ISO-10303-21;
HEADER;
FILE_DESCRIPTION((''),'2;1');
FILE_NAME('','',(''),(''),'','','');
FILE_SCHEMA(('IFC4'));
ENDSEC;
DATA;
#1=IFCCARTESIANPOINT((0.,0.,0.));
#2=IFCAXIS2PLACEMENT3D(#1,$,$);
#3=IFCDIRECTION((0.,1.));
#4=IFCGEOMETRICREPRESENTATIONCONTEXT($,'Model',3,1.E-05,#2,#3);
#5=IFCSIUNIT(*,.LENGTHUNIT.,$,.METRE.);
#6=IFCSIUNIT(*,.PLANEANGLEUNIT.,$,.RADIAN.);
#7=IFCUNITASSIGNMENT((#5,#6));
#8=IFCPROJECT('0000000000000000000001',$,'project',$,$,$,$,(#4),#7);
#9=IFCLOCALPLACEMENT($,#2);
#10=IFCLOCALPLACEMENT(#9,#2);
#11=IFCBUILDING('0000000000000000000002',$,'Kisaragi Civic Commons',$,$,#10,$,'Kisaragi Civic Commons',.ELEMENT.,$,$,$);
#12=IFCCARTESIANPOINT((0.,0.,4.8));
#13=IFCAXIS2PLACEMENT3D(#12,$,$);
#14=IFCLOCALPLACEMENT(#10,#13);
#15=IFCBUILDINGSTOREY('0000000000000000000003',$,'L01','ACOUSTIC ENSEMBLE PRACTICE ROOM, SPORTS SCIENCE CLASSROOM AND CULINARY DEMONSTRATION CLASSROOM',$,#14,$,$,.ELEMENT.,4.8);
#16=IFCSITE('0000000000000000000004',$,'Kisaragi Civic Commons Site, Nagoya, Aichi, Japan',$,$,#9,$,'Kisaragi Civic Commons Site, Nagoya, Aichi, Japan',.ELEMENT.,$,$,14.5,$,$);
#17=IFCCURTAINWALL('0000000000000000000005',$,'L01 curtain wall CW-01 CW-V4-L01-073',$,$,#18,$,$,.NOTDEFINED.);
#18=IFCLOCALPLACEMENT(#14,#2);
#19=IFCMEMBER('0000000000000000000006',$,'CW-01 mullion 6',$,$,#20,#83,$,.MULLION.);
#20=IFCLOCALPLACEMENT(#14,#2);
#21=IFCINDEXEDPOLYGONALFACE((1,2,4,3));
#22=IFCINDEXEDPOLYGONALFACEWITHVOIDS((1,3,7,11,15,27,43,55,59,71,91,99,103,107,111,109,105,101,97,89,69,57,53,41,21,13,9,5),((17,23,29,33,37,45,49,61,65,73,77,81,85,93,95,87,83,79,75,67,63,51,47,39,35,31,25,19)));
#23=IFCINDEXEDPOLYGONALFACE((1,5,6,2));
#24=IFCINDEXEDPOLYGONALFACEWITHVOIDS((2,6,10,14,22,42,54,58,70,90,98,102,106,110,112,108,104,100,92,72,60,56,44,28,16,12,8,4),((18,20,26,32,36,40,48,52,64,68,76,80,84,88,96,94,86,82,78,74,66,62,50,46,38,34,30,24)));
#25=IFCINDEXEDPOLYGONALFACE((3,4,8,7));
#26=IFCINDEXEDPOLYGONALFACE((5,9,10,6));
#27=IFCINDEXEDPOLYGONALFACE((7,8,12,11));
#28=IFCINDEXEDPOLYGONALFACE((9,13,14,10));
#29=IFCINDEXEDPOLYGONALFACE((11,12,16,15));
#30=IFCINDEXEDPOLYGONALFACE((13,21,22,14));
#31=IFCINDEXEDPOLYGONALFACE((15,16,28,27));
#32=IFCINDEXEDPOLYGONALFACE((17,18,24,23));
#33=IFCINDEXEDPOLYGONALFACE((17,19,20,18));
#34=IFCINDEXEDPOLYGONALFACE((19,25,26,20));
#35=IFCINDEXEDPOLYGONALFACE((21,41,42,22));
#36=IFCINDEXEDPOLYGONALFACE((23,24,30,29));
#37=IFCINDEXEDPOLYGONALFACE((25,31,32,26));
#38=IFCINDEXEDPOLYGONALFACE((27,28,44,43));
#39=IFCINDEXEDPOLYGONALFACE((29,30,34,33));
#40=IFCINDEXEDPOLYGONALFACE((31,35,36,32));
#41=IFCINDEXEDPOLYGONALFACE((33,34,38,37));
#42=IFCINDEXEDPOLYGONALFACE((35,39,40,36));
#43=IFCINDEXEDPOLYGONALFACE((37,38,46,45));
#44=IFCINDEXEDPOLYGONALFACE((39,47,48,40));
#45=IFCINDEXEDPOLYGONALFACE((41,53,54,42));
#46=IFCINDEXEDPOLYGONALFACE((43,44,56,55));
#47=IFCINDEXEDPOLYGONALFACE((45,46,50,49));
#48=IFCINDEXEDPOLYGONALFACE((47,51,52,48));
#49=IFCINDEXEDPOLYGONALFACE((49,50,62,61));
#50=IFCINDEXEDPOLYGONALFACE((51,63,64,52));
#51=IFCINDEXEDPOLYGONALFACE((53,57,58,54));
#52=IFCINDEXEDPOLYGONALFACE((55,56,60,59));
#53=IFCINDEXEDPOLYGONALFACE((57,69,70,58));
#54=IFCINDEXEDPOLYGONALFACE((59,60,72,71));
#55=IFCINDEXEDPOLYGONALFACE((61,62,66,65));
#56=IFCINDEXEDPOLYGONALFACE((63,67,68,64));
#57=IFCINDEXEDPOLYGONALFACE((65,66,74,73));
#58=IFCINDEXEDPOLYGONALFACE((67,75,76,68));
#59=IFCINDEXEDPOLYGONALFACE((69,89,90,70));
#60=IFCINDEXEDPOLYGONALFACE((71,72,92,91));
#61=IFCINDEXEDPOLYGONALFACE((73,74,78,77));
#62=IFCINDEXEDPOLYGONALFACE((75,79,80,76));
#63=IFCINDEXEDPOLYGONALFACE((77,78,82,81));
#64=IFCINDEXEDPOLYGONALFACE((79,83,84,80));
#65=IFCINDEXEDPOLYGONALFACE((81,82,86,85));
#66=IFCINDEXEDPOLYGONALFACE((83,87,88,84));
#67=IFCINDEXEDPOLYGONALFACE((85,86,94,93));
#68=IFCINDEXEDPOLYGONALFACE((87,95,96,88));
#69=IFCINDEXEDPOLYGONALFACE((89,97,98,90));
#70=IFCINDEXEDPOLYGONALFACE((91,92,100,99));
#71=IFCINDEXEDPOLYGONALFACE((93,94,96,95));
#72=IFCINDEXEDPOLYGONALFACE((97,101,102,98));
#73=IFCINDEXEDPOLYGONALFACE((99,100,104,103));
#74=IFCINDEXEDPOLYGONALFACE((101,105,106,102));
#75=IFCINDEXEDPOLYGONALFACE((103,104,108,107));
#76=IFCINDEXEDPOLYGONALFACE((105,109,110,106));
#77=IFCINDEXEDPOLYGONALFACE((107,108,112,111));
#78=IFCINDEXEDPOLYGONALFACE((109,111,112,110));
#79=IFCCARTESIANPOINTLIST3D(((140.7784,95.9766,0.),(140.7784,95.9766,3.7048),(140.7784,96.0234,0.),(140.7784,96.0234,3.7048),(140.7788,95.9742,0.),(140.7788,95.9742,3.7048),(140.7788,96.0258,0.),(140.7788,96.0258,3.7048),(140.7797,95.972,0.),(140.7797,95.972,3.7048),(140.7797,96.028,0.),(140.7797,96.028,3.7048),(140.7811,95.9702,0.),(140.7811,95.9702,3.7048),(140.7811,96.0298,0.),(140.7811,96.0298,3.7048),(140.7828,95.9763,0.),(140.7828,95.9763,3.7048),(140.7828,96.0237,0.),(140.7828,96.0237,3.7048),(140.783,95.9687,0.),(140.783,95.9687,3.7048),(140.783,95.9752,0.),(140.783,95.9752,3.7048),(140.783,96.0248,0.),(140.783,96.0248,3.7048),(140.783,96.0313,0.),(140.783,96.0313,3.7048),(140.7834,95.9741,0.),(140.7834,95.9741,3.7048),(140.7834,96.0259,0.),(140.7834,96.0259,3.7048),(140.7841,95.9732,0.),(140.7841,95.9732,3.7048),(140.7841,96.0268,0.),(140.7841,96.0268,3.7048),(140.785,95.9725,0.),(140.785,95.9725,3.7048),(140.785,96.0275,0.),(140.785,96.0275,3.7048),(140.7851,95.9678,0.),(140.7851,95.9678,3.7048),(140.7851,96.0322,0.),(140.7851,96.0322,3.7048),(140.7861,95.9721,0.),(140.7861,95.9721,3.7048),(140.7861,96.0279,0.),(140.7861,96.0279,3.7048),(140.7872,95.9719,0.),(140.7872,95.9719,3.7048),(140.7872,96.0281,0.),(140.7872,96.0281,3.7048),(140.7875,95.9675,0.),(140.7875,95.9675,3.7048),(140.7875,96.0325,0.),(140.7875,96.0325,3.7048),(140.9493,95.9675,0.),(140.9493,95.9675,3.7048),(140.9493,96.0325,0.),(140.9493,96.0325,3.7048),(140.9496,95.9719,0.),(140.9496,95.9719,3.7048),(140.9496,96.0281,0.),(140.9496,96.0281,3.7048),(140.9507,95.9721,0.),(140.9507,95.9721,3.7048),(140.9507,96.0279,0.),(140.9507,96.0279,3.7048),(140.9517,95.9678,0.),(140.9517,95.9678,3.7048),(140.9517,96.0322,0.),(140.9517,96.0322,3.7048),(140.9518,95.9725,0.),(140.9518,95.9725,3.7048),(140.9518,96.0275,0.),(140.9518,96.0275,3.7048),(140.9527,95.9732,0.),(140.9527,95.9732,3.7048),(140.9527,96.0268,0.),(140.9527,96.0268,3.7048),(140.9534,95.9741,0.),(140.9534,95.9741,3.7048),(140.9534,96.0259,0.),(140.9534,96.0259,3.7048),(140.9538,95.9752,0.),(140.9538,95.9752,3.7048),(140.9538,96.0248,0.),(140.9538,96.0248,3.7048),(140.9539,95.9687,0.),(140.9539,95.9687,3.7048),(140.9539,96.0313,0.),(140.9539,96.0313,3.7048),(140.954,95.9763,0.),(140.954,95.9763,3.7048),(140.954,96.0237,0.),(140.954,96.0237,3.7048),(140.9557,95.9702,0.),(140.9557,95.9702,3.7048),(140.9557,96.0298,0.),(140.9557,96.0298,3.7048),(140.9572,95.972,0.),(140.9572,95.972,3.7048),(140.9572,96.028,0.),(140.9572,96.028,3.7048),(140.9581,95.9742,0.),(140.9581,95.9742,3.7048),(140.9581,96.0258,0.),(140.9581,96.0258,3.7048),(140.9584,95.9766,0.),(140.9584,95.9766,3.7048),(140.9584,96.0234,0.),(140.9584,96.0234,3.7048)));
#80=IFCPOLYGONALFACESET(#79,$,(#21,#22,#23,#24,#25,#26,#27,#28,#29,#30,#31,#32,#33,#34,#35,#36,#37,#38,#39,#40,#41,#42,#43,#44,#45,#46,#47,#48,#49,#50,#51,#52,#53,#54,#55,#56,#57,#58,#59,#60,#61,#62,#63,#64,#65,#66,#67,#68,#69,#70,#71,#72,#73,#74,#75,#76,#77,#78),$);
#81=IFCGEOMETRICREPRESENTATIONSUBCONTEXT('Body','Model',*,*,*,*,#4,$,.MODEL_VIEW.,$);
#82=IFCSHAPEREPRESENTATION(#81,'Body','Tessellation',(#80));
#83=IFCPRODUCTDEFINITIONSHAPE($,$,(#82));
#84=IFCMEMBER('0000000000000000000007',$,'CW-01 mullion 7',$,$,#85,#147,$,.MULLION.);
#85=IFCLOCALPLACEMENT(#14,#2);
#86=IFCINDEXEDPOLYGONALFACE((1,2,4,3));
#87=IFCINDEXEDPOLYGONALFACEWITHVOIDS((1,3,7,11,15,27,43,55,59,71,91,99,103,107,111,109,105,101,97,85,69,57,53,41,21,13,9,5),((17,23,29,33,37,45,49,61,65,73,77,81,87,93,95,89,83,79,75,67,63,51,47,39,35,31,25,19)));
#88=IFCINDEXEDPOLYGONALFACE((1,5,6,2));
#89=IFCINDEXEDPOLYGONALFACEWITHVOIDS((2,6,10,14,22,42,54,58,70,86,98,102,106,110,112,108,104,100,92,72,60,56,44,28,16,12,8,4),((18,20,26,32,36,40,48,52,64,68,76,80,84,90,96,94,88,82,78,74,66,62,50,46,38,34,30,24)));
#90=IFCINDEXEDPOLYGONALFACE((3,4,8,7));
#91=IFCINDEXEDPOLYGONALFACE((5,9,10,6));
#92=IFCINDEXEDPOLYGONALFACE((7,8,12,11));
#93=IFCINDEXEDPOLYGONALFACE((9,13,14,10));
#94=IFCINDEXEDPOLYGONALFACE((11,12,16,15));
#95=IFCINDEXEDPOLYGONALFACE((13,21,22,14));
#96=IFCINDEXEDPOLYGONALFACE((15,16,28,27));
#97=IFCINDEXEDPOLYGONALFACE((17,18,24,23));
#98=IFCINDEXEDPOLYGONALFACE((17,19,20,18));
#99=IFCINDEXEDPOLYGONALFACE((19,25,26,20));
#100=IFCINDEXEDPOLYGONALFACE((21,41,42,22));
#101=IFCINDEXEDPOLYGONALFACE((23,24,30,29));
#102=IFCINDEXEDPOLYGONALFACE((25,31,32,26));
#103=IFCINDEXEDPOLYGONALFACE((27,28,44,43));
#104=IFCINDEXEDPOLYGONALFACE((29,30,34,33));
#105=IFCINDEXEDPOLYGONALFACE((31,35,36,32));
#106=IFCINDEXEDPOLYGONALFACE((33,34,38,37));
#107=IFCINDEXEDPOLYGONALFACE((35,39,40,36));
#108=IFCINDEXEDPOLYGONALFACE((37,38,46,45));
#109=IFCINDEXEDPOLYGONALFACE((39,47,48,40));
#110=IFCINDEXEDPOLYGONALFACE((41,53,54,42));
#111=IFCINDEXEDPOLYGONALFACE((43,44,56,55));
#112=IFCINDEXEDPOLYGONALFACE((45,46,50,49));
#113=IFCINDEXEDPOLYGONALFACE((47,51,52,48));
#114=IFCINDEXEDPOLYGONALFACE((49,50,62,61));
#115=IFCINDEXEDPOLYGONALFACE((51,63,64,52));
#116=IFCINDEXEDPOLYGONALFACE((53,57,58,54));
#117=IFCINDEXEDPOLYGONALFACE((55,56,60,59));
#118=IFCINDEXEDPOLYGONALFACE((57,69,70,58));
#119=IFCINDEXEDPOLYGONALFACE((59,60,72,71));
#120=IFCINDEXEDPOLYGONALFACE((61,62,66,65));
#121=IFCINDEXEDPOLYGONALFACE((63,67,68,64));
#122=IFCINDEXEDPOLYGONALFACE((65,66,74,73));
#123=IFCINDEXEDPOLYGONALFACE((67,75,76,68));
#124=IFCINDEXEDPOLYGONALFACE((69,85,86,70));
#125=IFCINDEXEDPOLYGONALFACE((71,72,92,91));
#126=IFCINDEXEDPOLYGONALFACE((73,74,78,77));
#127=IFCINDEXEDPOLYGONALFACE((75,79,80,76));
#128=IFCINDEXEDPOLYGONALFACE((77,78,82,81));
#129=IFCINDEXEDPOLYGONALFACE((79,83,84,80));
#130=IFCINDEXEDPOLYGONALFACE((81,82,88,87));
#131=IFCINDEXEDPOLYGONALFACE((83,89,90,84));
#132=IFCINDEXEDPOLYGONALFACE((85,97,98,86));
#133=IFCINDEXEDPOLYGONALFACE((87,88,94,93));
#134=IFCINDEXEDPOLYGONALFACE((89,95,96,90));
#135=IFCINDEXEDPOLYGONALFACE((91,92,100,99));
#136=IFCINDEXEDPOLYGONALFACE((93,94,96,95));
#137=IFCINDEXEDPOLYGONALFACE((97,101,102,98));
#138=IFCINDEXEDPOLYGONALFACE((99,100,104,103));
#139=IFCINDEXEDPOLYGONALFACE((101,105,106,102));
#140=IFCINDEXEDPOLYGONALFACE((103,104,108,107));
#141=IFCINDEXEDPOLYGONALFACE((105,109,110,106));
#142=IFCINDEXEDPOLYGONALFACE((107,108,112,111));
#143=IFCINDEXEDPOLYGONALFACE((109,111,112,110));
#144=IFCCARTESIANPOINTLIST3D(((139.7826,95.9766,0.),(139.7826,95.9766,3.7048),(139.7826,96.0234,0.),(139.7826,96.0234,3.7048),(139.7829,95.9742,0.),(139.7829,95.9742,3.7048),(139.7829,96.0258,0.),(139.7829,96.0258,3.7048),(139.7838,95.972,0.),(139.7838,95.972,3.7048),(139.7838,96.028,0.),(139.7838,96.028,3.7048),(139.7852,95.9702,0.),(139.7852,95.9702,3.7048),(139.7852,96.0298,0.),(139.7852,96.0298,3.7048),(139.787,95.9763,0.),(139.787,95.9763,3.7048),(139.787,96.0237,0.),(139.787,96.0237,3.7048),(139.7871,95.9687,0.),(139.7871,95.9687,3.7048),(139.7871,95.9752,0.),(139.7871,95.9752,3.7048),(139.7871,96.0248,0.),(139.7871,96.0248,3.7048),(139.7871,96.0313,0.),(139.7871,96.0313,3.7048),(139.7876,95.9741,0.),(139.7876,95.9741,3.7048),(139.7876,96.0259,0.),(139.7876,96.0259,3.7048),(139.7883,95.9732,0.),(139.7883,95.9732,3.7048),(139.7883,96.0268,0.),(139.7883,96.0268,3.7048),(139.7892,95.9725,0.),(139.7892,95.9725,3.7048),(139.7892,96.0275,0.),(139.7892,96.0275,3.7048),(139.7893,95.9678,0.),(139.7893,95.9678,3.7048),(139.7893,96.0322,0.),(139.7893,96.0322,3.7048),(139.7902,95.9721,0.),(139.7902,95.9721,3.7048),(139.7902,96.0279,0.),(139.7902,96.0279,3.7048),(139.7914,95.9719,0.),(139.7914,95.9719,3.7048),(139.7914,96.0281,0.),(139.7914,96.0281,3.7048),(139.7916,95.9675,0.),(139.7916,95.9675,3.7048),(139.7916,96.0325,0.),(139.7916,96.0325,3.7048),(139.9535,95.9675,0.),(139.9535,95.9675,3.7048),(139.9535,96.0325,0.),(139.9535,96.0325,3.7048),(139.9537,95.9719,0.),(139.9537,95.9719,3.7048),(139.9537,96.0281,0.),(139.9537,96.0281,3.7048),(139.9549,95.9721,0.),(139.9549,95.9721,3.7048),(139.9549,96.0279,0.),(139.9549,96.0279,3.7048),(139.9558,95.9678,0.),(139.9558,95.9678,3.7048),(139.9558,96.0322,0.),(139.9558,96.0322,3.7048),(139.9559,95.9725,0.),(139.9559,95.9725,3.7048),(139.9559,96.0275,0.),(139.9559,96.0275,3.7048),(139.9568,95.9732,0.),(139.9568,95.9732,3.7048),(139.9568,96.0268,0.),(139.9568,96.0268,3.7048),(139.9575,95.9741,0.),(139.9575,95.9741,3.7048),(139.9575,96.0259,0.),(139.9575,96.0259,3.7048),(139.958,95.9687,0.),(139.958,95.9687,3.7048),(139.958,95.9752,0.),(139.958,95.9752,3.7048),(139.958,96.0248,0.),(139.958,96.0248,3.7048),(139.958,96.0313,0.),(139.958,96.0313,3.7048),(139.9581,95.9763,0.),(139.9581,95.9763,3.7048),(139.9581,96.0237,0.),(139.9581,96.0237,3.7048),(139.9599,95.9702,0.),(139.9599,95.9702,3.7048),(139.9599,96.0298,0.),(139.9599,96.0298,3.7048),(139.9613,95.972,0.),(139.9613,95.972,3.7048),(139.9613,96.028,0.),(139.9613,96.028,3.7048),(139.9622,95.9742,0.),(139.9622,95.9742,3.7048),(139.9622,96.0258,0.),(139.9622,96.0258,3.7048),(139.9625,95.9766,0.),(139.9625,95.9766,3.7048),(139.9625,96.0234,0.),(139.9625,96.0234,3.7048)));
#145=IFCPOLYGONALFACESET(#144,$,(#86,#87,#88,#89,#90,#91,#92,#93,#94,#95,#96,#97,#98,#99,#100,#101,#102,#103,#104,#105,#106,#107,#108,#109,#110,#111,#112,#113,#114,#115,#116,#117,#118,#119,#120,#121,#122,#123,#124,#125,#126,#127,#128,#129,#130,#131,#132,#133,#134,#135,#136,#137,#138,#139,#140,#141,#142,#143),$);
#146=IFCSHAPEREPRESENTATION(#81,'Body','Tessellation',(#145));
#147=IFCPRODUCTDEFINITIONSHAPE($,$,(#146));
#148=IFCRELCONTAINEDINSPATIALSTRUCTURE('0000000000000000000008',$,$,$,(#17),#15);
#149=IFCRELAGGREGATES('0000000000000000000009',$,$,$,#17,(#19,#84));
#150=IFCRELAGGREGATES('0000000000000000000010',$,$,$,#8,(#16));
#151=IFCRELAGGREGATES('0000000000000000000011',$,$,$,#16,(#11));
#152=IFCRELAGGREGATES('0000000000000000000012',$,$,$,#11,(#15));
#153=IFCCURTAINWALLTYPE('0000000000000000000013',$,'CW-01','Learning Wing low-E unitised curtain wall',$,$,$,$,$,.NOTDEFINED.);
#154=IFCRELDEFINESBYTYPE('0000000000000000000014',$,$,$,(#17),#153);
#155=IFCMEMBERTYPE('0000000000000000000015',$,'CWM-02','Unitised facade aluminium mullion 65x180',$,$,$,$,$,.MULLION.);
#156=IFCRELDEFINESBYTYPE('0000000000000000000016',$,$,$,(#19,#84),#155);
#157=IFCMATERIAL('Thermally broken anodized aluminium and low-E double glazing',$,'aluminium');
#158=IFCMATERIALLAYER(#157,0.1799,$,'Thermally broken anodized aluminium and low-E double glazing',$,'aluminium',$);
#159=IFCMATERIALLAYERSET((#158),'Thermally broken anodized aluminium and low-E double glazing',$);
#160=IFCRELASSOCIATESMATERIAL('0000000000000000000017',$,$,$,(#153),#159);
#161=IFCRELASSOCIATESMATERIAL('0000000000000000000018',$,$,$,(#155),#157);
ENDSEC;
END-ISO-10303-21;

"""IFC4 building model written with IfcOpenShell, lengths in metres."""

from ifc_helpers import new_model, si_unit, direction, frame, origin, origin_2d, place, context, subcontext, project, spatial, hollow_rectangle, extrude, material, layer, layer_set, material_profile, profile_set, type_object, element, aggregate, save


model = new_model("IFC4")

# Units and contexts
model_context = context("Model", 3, precision=1e-05, world=origin(), true_north=direction((0.0, 1.0)))
body_context = subcontext(model_context, "Body", "Model", "MODEL_VIEW")
ifc_project = project(units=[si_unit("LENGTHUNIT", "METRE"), si_unit("PLANEANGLEUNIT", "RADIAN")], contexts=[model_context])

# Site, building, storey
site_placement = place(None, origin())
site = spatial("IfcSite", under=ifc_project, at=site_placement, Name="Kisaragi Civic Commons Site, Nagoya, Aichi, Japan", LongName="Kisaragi Civic Commons Site, Nagoya, Aichi, Japan", CompositionType="ELEMENT", RefElevation=14.5)
building_placement = place(site_placement, origin())
building = spatial("IfcBuilding", under=site, at=building_placement, Name="Kisaragi Civic Commons", LongName="Kisaragi Civic Commons", CompositionType="ELEMENT")
storey_placement = place(building_placement, frame((0.0, 0.0, 4.8)))
storey = spatial("IfcBuildingStorey", under=building, at=storey_placement, Name="L01", Description="ACOUSTIC ENSEMBLE PRACTICE ROOM, SPORTS SCIENCE CLASSROOM AND CULINARY DEMONSTRATION CLASSROOM", CompositionType="ELEMENT", Elevation=4.8)

# Curtain wall, members
ifc_material = material(Name="Thermally broken anodized aluminium and low-E double glazing", Category="aluminium")
ifc_layer_1 = layer(ifc_material, 0.1799, Name="Thermally broken anodized aluminium and low-E double glazing", Category="aluminium")
ifc_layer_set_1 = layer_set([ifc_layer_1], Name="Thermally broken anodized aluminium and low-E double glazing")
curtain_wall_type = type_object("IfcCurtainWallType", Name="CW-01", Description="Learning Wing low-E unitised curtain wall", PredefinedType="NOTDEFINED", material=ifc_layer_set_1)
curtain_wall_1_placement = place(storey_placement, origin())
curtain_wall_1 = element("IfcCurtainWall", 1, at=curtain_wall_1_placement, inside=storey, type_object=curtain_wall_type, Name="L01 curtain wall CW-01 CW-V4-L01-073", PredefinedType="NOTDEFINED")
ifc_material_profile_1 = material_profile(ifc_material, hollow_rectangle(XDim=0.0649, YDim=0.1799, WallThickness=0.0044, InnerFilletRadius=0.0044, OuterFilletRadius=0.009, at=origin_2d()), Name="CWM-65x180x4.5", Category="aluminium")
ifc_profile_set_1 = profile_set([ifc_material_profile_1], Name="Thermally broken anodized aluminium and low-E double glazing")
member_type_1 = type_object("IfcMemberType", Name="CWM-02", Description="Unitised facade aluminium mullion 65x180", PredefinedType="MULLION", material=ifc_profile_set_1)
member_1_placement = place(storey_placement, frame((140.8684, 96.0, 0.0), z_axis=(0.0, 0.0, 1.0), x_axis=(0.0, -1.0, 0.0)))
member_1 = element("IfcMember", 2, at=member_1_placement, type_object=member_type_1, Name="CW-01 mullion 6", PredefinedType="MULLION", context=body_context, shape_type="SweptSolid", body=[
    extrude(hollow_rectangle(XDim=0.0649, YDim=0.1799, WallThickness=0.0044, InnerFilletRadius=0.0044, OuterFilletRadius=0.009, at=origin_2d()), origin(), (0.0, 0.0, 1.0), 3.7048),
])
member_2_placement = place(storey_placement, frame((139.8726, 96.0, 0.0), z_axis=(0.0, 0.0, 1.0), x_axis=(0.0, -1.0, 0.0)))
member_2 = element("IfcMember", 3, at=member_2_placement, type_object=member_type_1, Name="CW-01 mullion 7", PredefinedType="MULLION", context=body_context, shape_type="SweptSolid", body=[
    extrude(hollow_rectangle(XDim=0.0649, YDim=0.1799, WallThickness=0.0044, InnerFilletRadius=0.0044, OuterFilletRadius=0.009, at=origin_2d()), origin(), (0.0, 0.0, 1.0), 3.7048),
])

aggregate(curtain_wall_1, [member_1, member_2])

save(model, "model.ifc")
